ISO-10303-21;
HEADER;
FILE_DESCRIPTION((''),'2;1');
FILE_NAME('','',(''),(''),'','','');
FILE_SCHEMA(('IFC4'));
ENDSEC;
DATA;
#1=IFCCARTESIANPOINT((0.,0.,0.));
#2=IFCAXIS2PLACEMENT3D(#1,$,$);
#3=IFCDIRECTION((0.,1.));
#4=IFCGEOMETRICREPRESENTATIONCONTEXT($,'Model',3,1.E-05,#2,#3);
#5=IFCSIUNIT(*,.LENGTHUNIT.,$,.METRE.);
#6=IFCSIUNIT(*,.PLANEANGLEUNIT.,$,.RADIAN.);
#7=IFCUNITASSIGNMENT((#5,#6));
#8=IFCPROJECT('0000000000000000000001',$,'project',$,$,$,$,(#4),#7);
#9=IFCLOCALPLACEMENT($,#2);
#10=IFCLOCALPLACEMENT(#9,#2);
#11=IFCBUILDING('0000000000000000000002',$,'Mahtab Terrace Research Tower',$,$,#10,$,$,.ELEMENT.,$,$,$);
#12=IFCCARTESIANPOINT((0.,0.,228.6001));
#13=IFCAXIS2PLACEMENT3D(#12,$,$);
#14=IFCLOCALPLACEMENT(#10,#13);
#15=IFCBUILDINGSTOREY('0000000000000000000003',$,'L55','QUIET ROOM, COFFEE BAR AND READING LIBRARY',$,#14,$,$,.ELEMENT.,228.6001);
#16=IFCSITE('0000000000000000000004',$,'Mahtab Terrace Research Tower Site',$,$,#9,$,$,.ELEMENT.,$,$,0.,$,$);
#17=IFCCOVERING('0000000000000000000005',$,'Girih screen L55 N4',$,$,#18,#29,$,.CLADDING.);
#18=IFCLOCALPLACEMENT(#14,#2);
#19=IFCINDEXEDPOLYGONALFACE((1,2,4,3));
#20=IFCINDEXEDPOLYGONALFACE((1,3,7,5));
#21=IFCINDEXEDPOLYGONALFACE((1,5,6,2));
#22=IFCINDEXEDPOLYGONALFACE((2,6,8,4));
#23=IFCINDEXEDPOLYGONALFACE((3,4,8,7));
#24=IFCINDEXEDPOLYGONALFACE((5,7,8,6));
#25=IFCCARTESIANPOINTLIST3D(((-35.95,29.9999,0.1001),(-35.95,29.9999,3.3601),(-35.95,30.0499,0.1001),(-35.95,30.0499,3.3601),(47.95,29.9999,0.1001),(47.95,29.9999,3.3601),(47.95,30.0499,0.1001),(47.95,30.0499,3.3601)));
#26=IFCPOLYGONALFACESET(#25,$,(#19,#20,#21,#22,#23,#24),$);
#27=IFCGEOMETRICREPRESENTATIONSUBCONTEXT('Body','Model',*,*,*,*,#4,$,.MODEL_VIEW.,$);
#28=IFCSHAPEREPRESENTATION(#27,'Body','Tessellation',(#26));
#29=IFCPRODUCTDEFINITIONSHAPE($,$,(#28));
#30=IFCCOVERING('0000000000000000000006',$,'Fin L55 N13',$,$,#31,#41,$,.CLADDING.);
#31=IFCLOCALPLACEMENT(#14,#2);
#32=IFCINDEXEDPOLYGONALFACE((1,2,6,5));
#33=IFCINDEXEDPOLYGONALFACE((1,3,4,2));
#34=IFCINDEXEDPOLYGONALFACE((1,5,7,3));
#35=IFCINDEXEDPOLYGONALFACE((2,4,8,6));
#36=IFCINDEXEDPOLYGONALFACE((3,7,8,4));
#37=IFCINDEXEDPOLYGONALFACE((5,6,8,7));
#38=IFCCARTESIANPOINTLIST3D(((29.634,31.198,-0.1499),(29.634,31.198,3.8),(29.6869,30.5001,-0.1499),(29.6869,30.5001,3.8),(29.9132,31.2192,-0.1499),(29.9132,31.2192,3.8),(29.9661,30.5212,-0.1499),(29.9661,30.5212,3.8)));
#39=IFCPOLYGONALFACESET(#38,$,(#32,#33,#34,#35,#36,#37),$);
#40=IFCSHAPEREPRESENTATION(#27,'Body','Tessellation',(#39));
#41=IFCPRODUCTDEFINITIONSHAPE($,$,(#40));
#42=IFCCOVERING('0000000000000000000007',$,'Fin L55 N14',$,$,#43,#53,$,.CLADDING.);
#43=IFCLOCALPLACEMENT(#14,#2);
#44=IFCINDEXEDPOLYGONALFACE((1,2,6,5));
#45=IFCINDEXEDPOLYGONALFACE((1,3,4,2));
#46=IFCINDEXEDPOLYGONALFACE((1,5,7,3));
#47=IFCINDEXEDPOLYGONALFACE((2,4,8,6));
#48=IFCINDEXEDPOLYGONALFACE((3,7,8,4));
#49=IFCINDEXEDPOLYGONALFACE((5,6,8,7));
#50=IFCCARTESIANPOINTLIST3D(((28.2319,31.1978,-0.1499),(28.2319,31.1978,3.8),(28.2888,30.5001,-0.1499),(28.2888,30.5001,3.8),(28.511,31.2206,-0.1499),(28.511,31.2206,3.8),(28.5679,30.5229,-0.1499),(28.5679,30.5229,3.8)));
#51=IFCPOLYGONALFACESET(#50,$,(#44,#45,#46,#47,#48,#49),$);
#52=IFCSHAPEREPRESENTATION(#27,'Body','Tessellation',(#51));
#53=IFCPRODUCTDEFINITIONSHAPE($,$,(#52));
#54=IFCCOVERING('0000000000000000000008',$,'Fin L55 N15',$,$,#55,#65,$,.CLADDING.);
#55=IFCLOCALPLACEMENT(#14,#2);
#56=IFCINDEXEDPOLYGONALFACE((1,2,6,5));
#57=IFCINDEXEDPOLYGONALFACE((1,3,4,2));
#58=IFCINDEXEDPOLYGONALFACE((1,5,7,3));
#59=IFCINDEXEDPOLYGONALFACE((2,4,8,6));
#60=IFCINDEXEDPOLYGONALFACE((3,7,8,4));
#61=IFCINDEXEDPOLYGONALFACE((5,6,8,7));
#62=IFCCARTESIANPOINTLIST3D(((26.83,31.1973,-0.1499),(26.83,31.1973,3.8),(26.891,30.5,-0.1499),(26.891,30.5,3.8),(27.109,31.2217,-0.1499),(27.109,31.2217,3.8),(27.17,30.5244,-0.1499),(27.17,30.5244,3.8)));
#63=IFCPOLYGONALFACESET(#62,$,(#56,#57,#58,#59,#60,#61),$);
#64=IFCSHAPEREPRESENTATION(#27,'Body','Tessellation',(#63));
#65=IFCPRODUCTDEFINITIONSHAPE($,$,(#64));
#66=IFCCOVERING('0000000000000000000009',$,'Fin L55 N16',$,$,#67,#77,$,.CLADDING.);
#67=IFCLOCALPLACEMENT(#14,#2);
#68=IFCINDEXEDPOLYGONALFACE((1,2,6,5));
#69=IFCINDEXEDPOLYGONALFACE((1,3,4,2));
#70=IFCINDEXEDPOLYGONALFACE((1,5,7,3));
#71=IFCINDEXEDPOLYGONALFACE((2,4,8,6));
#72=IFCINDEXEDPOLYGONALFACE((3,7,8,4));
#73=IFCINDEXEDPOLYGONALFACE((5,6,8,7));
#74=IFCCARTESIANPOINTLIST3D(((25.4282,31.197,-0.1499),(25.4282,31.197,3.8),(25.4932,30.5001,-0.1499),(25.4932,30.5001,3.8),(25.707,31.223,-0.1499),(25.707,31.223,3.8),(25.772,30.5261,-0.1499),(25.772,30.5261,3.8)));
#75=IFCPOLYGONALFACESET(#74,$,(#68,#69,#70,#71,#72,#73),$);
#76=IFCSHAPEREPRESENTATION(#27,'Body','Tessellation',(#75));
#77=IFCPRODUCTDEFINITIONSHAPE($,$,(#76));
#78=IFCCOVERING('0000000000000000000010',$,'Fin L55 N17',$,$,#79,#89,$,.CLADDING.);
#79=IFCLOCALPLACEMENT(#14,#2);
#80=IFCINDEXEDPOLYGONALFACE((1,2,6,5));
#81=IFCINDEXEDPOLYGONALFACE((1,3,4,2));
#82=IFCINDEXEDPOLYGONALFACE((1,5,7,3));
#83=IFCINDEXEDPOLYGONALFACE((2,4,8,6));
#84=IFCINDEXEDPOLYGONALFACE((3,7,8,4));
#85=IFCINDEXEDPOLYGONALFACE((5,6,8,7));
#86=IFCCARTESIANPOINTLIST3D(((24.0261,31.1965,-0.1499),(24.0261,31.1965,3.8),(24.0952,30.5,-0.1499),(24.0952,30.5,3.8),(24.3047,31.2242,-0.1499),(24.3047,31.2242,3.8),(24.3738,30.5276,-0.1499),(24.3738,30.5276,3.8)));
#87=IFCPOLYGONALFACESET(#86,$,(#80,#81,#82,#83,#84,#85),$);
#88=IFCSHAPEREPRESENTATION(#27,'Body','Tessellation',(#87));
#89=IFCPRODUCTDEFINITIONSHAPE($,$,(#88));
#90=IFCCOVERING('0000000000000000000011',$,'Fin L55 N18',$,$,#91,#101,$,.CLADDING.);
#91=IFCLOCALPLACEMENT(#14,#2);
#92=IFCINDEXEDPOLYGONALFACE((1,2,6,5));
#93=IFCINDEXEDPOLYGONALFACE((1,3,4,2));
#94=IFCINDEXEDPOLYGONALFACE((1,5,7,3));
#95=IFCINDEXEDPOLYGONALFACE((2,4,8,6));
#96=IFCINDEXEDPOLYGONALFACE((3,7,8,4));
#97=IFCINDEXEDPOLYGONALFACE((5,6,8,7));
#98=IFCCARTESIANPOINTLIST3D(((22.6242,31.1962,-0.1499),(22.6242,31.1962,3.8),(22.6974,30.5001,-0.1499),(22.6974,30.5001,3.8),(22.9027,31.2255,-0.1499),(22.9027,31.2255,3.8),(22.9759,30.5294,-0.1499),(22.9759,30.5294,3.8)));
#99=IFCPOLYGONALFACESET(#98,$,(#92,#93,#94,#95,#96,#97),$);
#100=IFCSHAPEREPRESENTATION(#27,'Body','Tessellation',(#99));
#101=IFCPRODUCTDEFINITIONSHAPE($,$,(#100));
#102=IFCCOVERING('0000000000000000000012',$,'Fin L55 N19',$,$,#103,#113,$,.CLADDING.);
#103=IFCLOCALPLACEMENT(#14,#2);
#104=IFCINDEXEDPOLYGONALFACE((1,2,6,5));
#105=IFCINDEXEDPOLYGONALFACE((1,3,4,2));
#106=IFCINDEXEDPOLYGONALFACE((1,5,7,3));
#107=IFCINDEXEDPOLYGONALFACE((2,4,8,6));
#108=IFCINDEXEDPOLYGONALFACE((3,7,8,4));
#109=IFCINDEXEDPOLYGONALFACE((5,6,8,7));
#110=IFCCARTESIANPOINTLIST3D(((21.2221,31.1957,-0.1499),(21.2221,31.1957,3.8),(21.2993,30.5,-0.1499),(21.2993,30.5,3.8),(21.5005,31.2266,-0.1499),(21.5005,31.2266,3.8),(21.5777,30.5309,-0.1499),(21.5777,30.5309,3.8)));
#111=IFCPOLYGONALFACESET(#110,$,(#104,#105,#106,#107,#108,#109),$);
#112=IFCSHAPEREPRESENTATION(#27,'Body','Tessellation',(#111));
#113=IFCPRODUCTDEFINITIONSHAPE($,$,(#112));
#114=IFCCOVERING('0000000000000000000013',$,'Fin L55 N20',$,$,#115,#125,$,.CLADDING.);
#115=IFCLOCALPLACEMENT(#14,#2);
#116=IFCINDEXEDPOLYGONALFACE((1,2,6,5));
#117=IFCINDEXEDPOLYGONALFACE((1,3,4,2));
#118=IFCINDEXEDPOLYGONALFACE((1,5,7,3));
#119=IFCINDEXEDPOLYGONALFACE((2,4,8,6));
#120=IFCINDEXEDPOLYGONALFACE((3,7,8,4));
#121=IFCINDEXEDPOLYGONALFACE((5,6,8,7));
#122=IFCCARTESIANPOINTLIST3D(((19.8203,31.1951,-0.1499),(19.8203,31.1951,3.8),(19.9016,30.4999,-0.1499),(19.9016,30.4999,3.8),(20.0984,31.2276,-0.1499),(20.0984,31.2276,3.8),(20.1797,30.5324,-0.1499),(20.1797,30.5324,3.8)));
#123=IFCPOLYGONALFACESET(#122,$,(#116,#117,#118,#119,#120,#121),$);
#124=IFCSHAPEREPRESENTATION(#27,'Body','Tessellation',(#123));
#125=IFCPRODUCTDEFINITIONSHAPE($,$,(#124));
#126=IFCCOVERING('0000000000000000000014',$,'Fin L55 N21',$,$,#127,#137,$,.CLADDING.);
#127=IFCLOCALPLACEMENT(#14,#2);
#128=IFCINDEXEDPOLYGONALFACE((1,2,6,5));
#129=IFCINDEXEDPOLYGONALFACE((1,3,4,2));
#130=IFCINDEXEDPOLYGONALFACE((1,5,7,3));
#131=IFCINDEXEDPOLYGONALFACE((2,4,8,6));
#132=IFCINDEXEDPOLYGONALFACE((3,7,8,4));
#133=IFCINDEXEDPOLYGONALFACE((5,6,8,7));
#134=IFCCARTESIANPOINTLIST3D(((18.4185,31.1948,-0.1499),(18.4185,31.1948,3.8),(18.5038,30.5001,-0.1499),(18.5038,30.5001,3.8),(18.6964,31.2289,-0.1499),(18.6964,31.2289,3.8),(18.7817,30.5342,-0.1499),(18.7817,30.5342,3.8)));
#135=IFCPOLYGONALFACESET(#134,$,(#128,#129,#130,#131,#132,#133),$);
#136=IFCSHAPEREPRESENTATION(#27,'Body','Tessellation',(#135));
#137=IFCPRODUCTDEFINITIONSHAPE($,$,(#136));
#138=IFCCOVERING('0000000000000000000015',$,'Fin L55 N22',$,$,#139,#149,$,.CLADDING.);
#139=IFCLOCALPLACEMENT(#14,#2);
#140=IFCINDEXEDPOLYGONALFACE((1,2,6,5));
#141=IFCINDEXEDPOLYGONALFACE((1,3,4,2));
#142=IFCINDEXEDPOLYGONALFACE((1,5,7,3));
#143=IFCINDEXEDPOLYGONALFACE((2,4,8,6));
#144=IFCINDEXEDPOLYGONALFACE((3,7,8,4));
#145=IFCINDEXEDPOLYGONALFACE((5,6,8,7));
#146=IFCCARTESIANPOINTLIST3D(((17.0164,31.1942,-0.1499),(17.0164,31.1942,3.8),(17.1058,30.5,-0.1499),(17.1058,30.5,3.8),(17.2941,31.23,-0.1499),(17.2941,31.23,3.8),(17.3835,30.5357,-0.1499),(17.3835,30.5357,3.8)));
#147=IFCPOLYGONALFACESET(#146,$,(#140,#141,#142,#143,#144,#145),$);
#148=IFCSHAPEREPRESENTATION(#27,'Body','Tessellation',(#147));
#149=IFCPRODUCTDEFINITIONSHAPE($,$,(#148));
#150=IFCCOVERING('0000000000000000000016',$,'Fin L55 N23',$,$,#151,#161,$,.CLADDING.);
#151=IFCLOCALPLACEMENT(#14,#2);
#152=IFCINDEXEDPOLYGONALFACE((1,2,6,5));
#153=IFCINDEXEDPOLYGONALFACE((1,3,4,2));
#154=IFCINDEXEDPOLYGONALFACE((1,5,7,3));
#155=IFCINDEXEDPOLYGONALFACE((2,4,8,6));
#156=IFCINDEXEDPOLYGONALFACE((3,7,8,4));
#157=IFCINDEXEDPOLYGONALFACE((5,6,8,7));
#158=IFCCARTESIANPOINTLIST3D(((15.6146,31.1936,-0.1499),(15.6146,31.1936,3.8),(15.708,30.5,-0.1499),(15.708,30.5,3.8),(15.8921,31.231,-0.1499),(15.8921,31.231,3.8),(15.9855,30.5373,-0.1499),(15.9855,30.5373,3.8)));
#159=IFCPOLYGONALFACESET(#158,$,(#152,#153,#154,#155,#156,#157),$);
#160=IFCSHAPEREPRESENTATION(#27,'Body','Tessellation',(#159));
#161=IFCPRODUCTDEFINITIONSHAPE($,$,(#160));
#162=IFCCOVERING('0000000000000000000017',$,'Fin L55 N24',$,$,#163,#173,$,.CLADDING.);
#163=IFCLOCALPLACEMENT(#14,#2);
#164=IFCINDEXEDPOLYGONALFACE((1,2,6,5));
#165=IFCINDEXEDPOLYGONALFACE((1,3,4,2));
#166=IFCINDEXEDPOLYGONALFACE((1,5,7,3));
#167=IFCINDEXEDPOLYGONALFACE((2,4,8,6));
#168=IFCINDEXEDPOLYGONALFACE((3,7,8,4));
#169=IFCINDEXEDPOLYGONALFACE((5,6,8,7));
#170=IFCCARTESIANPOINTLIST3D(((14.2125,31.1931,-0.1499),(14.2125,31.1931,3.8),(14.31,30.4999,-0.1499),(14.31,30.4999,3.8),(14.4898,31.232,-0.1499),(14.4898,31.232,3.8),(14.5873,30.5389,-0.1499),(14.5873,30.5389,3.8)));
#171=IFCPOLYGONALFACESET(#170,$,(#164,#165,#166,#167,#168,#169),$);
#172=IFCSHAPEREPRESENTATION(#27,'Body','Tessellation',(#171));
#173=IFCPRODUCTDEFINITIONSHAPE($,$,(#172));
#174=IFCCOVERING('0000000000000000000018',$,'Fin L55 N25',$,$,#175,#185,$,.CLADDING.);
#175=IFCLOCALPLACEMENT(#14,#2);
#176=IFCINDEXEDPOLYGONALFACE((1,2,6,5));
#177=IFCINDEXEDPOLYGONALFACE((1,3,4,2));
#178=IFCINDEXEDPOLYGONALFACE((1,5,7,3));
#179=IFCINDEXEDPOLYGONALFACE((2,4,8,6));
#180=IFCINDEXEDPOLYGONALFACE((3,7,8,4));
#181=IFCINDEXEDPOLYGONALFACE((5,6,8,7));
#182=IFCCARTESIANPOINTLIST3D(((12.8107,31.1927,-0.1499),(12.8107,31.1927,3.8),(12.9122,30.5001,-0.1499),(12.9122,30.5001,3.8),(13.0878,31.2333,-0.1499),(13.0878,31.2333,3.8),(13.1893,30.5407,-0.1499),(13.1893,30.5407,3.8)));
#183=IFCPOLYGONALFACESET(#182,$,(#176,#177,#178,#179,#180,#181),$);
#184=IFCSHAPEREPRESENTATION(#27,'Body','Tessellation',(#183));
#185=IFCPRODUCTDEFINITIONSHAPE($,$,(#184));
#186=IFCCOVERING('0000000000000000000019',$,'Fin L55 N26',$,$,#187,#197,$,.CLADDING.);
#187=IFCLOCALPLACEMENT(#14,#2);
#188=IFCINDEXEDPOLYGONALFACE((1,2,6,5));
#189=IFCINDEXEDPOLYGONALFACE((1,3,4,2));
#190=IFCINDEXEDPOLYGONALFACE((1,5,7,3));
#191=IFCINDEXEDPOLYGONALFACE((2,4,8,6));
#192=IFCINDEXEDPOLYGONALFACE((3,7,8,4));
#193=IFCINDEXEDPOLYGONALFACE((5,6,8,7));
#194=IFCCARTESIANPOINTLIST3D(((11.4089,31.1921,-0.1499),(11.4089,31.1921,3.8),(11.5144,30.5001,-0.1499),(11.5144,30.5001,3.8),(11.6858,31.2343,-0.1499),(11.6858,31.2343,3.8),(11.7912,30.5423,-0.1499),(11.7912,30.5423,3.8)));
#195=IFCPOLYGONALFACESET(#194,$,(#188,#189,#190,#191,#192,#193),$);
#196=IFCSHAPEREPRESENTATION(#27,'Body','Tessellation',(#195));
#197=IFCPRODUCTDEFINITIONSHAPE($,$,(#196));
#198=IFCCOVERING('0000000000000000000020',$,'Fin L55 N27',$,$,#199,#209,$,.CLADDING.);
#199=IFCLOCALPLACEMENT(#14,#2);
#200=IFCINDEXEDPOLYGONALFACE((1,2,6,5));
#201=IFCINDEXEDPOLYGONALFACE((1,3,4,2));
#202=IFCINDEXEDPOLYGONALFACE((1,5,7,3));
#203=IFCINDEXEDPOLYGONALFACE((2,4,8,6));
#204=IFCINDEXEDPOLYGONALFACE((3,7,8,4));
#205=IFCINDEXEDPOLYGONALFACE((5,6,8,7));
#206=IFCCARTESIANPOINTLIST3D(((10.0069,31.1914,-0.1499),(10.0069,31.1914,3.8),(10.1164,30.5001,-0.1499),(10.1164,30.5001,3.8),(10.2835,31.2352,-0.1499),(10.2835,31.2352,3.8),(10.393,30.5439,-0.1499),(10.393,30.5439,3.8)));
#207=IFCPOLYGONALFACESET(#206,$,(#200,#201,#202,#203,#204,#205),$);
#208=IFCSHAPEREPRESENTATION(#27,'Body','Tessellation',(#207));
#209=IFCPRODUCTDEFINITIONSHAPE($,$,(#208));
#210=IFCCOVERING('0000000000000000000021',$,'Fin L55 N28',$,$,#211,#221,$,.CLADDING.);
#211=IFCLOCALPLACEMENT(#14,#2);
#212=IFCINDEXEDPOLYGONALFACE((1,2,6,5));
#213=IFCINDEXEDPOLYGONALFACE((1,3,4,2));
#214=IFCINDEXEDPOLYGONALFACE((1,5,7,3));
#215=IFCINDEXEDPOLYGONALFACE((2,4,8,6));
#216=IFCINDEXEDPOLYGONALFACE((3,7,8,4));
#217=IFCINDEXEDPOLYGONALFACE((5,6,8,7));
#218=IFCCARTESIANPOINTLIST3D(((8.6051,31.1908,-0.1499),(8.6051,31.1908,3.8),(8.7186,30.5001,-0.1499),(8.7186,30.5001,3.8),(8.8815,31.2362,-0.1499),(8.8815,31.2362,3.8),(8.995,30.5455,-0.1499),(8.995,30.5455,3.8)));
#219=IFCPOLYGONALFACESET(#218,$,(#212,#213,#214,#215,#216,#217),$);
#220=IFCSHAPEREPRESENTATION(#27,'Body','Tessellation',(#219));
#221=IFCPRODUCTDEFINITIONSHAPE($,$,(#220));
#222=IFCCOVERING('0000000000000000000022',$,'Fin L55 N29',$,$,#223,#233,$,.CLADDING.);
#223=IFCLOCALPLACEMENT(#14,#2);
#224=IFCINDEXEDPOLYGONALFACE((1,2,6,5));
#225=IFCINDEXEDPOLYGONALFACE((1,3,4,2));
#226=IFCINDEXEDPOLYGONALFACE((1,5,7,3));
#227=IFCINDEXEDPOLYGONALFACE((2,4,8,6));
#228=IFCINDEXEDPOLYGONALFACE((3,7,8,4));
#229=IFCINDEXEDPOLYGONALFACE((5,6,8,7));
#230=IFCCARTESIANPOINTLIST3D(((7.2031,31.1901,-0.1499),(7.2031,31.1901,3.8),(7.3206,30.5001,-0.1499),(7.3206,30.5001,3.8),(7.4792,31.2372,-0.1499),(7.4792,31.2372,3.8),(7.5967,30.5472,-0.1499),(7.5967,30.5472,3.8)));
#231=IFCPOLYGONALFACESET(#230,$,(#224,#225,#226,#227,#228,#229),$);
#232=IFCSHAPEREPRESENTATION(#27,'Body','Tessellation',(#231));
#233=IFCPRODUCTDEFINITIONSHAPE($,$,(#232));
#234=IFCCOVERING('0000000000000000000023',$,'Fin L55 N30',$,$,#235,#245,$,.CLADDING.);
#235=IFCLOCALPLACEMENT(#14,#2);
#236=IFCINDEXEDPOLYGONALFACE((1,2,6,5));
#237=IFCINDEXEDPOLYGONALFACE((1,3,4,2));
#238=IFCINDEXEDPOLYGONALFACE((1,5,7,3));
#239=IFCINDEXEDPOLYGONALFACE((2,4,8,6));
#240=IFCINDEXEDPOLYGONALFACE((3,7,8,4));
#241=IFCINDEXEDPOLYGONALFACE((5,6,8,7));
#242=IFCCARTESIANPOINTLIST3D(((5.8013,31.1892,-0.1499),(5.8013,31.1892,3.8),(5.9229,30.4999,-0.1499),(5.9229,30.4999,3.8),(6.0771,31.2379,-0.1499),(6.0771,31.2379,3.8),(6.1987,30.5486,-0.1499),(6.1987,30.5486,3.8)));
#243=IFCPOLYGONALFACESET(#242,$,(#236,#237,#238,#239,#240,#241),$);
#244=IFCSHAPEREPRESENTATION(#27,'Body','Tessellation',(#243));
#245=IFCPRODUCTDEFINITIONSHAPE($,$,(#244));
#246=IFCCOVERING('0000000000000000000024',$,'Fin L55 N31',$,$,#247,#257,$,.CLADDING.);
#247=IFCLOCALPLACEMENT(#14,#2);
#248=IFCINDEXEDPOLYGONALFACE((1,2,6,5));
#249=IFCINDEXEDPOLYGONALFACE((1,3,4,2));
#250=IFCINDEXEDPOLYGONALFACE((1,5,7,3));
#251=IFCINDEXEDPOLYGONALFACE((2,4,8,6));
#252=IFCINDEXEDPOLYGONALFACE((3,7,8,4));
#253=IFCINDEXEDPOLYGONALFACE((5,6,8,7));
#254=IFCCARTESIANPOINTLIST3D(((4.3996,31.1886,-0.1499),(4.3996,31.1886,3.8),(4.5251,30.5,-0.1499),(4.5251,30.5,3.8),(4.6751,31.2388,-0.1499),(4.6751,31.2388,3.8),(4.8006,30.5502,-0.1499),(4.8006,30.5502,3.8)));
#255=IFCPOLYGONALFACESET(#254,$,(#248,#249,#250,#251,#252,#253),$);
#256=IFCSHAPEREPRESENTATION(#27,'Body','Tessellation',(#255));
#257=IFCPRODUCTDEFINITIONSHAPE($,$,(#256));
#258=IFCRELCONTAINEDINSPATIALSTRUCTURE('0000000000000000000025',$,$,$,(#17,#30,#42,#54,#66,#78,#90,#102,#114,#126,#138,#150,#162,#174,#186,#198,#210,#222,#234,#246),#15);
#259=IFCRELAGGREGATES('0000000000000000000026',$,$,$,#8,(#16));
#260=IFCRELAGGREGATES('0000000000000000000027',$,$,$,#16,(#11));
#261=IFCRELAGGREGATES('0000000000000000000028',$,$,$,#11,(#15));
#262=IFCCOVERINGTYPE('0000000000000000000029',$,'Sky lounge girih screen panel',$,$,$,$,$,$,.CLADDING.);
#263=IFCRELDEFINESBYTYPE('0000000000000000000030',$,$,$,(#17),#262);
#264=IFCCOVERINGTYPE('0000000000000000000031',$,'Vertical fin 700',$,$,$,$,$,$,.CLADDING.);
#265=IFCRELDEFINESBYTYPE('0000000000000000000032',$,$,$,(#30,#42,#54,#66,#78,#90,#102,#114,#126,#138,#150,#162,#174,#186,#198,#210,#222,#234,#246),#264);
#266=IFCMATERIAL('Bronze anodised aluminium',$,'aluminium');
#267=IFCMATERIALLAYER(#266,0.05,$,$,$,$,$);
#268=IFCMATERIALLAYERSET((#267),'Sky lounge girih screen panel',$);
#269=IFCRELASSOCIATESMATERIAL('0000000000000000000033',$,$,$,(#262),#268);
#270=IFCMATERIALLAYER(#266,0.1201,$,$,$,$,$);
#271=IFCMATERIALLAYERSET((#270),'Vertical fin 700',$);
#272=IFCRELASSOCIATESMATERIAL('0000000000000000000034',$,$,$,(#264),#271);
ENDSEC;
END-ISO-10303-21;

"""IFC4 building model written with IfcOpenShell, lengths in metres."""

from ifc_helpers import new_model, si_unit, direction, frame, origin, origin_2d, place, context, subcontext, project, spatial, rectangle, extrude, material, layer, layer_set, type_object, element, save


model = new_model("IFC4")

# Units and contexts
model_context = context("Model", 3, precision=1e-05, world=origin(), true_north=direction((0.0, 1.0)))
body_context = subcontext(model_context, "Body", "Model", "MODEL_VIEW")
ifc_project = project(units=[si_unit("LENGTHUNIT", "METRE"), si_unit("PLANEANGLEUNIT", "RADIAN")], contexts=[model_context])

# Site, building, storey
site_placement = place(None, origin())
site = spatial("IfcSite", under=ifc_project, at=site_placement, Name="Mahtab Terrace Research Tower Site", CompositionType="ELEMENT", RefElevation=0.0)
building_placement = place(site_placement, origin())
building = spatial("IfcBuilding", under=site, at=building_placement, Name="Mahtab Terrace Research Tower", CompositionType="ELEMENT")
storey_placement = place(building_placement, frame((0.0, 0.0, 228.6001)))
storey = spatial("IfcBuildingStorey", under=building, at=storey_placement, Name="L55", Description="QUIET ROOM, COFFEE BAR AND READING LIBRARY", CompositionType="ELEMENT", Elevation=228.6001)

# Coverings
ifc_material_1 = material(Name="Bronze anodised aluminium", Category="aluminium")
ifc_layer_1 = layer(ifc_material_1, 0.05)
ifc_layer_set_1 = layer_set([ifc_layer_1], Name="Sky lounge girih screen panel")
covering_type_1 = type_object("IfcCoveringType", Name="Sky lounge girih screen panel", PredefinedType="CLADDING", material=ifc_layer_set_1)
covering_placement = place(storey_placement, frame((6.0, 30.0249, 0.1001), z_axis=(0.0, 0.0, 1.0), x_axis=(-1.0, 0.0, 0.0)))
element("IfcCovering", 1, at=covering_placement, inside=storey, type_object=covering_type_1, Name="Girih screen L55 N4", PredefinedType="CLADDING", context=body_context, shape_type="SweptSolid", body=[
    extrude(rectangle(XDim=83.8999, YDim=0.05, at=origin_2d()), origin(), (0.0, 0.0, 1.0), 3.26),
])
ifc_layer_2 = layer(ifc_material_1, 0.1201)
ifc_layer_set_2 = layer_set([ifc_layer_2], Name="Vertical fin 700")
covering_type_2 = type_object("IfcCoveringType", Name="Vertical fin 700", PredefinedType="CLADDING", material=ifc_layer_set_2)
for number, where, z_axis, x_axis, name in (
    (2, (29.8, 30.8596, -0.1499), (0.0, 0.0, 1.0), (-0.997141, -0.075559, 0.0), "Fin L55 N13"),
    (3, (28.3999, 30.8604, -0.1499), (0.0, 0.0, 1.0), (-0.996685, -0.081359, 0.0), "Fin L55 N14"),
    (4, (27.0, 30.8608, -0.1499), (0.0, 0.0, 1.0), (-0.996195, -0.087156, 0.0), "Fin L55 N15"),
    (5, (25.6001, 30.8616, -0.1499), (0.0, 0.0, 1.0), (-0.995671, -0.09295, 0.0), "Fin L55 N16"),
    (6, (24.2, 30.8621, -0.1499), (0.0, 0.0, 1.0), (-0.995113, -0.098741, 0.0), "Fin L55 N17"),
    (7, (22.8, 30.8628, -0.1499), (0.0, 0.0, 1.0), (-0.994522, -0.104528, 0.0), "Fin L55 N18"),
    (8, (21.3999, 30.8633, -0.1499), (0.0, 0.0, 1.0), (-0.993897, -0.110313, 0.0), "Fin L55 N19"),
    (9, (20.0, 30.8638, -0.1499), (0.0, 0.0, 1.0), (-0.993238, -0.116093, 0.0), "Fin L55 N20"),
    (10, (18.6001, 30.8645, -0.1499), (0.0, 0.0, 1.0), (-0.992546, -0.121869, 0.0), "Fin L55 N21"),
    (11, (17.2, 30.865, -0.1499), (0.0, 0.0, 1.0), (-0.99182, -0.127642, 0.0), "Fin L55 N22"),
    (12, (15.8, 30.8655, -0.1499), (0.0, 0.0, 1.0), (-0.991061, -0.13341, 0.0), "Fin L55 N23"),
    (13, (14.3999, 30.866, -0.1499), (0.0, 0.0, 1.0), (-0.990268, -0.139173, 0.0), "Fin L55 N24"),
    (14, (13.0, 30.8667, -0.1499), (0.0, 0.0, 1.0), (-0.989442, -0.144932, 0.0), "Fin L55 N25"),
    (15, (11.6001, 30.8672, -0.1499), (0.0, 0.0, 1.0), (-0.988582, -0.150686, 0.0), "Fin L55 N26"),
    (16, (10.2, 30.8677, -0.1499), (0.0, 0.0, 1.0), (-0.987688, -0.156434, 0.0), "Fin L55 N27"),
    (17, (8.8, 30.8682, -0.1499), (0.0, 0.0, 1.0), (-0.986762, -0.162178, 0.0), "Fin L55 N28"),
    (18, (7.3999, 30.8687, -0.1499), (0.0, 0.0, 1.0), (-0.985801, -0.167916, 0.0), "Fin L55 N29"),
    (19, (6.0, 30.8689, -0.1499), (0.0, 0.0, 1.0), (-0.984808, -0.173648, 0.0), "Fin L55 N30"),
    (20, (4.6001, 30.8694, -0.1499), (0.0, 0.0, 1.0), (-0.983781, -0.179375, 0.0), "Fin L55 N31"),
):
    element("IfcCovering", number, at=place(storey_placement, frame(where, z_axis=z_axis, x_axis=x_axis)), inside=storey, type_object=covering_type_2, Name=name, PredefinedType="CLADDING", context=body_context, shape_type="SweptSolid", body=[
        extrude(rectangle(XDim=0.28, YDim=0.7, at=origin_2d()), origin(), (0.0, 0.0, 1.0), 3.95),
    ])

save(model, "model.ifc")
